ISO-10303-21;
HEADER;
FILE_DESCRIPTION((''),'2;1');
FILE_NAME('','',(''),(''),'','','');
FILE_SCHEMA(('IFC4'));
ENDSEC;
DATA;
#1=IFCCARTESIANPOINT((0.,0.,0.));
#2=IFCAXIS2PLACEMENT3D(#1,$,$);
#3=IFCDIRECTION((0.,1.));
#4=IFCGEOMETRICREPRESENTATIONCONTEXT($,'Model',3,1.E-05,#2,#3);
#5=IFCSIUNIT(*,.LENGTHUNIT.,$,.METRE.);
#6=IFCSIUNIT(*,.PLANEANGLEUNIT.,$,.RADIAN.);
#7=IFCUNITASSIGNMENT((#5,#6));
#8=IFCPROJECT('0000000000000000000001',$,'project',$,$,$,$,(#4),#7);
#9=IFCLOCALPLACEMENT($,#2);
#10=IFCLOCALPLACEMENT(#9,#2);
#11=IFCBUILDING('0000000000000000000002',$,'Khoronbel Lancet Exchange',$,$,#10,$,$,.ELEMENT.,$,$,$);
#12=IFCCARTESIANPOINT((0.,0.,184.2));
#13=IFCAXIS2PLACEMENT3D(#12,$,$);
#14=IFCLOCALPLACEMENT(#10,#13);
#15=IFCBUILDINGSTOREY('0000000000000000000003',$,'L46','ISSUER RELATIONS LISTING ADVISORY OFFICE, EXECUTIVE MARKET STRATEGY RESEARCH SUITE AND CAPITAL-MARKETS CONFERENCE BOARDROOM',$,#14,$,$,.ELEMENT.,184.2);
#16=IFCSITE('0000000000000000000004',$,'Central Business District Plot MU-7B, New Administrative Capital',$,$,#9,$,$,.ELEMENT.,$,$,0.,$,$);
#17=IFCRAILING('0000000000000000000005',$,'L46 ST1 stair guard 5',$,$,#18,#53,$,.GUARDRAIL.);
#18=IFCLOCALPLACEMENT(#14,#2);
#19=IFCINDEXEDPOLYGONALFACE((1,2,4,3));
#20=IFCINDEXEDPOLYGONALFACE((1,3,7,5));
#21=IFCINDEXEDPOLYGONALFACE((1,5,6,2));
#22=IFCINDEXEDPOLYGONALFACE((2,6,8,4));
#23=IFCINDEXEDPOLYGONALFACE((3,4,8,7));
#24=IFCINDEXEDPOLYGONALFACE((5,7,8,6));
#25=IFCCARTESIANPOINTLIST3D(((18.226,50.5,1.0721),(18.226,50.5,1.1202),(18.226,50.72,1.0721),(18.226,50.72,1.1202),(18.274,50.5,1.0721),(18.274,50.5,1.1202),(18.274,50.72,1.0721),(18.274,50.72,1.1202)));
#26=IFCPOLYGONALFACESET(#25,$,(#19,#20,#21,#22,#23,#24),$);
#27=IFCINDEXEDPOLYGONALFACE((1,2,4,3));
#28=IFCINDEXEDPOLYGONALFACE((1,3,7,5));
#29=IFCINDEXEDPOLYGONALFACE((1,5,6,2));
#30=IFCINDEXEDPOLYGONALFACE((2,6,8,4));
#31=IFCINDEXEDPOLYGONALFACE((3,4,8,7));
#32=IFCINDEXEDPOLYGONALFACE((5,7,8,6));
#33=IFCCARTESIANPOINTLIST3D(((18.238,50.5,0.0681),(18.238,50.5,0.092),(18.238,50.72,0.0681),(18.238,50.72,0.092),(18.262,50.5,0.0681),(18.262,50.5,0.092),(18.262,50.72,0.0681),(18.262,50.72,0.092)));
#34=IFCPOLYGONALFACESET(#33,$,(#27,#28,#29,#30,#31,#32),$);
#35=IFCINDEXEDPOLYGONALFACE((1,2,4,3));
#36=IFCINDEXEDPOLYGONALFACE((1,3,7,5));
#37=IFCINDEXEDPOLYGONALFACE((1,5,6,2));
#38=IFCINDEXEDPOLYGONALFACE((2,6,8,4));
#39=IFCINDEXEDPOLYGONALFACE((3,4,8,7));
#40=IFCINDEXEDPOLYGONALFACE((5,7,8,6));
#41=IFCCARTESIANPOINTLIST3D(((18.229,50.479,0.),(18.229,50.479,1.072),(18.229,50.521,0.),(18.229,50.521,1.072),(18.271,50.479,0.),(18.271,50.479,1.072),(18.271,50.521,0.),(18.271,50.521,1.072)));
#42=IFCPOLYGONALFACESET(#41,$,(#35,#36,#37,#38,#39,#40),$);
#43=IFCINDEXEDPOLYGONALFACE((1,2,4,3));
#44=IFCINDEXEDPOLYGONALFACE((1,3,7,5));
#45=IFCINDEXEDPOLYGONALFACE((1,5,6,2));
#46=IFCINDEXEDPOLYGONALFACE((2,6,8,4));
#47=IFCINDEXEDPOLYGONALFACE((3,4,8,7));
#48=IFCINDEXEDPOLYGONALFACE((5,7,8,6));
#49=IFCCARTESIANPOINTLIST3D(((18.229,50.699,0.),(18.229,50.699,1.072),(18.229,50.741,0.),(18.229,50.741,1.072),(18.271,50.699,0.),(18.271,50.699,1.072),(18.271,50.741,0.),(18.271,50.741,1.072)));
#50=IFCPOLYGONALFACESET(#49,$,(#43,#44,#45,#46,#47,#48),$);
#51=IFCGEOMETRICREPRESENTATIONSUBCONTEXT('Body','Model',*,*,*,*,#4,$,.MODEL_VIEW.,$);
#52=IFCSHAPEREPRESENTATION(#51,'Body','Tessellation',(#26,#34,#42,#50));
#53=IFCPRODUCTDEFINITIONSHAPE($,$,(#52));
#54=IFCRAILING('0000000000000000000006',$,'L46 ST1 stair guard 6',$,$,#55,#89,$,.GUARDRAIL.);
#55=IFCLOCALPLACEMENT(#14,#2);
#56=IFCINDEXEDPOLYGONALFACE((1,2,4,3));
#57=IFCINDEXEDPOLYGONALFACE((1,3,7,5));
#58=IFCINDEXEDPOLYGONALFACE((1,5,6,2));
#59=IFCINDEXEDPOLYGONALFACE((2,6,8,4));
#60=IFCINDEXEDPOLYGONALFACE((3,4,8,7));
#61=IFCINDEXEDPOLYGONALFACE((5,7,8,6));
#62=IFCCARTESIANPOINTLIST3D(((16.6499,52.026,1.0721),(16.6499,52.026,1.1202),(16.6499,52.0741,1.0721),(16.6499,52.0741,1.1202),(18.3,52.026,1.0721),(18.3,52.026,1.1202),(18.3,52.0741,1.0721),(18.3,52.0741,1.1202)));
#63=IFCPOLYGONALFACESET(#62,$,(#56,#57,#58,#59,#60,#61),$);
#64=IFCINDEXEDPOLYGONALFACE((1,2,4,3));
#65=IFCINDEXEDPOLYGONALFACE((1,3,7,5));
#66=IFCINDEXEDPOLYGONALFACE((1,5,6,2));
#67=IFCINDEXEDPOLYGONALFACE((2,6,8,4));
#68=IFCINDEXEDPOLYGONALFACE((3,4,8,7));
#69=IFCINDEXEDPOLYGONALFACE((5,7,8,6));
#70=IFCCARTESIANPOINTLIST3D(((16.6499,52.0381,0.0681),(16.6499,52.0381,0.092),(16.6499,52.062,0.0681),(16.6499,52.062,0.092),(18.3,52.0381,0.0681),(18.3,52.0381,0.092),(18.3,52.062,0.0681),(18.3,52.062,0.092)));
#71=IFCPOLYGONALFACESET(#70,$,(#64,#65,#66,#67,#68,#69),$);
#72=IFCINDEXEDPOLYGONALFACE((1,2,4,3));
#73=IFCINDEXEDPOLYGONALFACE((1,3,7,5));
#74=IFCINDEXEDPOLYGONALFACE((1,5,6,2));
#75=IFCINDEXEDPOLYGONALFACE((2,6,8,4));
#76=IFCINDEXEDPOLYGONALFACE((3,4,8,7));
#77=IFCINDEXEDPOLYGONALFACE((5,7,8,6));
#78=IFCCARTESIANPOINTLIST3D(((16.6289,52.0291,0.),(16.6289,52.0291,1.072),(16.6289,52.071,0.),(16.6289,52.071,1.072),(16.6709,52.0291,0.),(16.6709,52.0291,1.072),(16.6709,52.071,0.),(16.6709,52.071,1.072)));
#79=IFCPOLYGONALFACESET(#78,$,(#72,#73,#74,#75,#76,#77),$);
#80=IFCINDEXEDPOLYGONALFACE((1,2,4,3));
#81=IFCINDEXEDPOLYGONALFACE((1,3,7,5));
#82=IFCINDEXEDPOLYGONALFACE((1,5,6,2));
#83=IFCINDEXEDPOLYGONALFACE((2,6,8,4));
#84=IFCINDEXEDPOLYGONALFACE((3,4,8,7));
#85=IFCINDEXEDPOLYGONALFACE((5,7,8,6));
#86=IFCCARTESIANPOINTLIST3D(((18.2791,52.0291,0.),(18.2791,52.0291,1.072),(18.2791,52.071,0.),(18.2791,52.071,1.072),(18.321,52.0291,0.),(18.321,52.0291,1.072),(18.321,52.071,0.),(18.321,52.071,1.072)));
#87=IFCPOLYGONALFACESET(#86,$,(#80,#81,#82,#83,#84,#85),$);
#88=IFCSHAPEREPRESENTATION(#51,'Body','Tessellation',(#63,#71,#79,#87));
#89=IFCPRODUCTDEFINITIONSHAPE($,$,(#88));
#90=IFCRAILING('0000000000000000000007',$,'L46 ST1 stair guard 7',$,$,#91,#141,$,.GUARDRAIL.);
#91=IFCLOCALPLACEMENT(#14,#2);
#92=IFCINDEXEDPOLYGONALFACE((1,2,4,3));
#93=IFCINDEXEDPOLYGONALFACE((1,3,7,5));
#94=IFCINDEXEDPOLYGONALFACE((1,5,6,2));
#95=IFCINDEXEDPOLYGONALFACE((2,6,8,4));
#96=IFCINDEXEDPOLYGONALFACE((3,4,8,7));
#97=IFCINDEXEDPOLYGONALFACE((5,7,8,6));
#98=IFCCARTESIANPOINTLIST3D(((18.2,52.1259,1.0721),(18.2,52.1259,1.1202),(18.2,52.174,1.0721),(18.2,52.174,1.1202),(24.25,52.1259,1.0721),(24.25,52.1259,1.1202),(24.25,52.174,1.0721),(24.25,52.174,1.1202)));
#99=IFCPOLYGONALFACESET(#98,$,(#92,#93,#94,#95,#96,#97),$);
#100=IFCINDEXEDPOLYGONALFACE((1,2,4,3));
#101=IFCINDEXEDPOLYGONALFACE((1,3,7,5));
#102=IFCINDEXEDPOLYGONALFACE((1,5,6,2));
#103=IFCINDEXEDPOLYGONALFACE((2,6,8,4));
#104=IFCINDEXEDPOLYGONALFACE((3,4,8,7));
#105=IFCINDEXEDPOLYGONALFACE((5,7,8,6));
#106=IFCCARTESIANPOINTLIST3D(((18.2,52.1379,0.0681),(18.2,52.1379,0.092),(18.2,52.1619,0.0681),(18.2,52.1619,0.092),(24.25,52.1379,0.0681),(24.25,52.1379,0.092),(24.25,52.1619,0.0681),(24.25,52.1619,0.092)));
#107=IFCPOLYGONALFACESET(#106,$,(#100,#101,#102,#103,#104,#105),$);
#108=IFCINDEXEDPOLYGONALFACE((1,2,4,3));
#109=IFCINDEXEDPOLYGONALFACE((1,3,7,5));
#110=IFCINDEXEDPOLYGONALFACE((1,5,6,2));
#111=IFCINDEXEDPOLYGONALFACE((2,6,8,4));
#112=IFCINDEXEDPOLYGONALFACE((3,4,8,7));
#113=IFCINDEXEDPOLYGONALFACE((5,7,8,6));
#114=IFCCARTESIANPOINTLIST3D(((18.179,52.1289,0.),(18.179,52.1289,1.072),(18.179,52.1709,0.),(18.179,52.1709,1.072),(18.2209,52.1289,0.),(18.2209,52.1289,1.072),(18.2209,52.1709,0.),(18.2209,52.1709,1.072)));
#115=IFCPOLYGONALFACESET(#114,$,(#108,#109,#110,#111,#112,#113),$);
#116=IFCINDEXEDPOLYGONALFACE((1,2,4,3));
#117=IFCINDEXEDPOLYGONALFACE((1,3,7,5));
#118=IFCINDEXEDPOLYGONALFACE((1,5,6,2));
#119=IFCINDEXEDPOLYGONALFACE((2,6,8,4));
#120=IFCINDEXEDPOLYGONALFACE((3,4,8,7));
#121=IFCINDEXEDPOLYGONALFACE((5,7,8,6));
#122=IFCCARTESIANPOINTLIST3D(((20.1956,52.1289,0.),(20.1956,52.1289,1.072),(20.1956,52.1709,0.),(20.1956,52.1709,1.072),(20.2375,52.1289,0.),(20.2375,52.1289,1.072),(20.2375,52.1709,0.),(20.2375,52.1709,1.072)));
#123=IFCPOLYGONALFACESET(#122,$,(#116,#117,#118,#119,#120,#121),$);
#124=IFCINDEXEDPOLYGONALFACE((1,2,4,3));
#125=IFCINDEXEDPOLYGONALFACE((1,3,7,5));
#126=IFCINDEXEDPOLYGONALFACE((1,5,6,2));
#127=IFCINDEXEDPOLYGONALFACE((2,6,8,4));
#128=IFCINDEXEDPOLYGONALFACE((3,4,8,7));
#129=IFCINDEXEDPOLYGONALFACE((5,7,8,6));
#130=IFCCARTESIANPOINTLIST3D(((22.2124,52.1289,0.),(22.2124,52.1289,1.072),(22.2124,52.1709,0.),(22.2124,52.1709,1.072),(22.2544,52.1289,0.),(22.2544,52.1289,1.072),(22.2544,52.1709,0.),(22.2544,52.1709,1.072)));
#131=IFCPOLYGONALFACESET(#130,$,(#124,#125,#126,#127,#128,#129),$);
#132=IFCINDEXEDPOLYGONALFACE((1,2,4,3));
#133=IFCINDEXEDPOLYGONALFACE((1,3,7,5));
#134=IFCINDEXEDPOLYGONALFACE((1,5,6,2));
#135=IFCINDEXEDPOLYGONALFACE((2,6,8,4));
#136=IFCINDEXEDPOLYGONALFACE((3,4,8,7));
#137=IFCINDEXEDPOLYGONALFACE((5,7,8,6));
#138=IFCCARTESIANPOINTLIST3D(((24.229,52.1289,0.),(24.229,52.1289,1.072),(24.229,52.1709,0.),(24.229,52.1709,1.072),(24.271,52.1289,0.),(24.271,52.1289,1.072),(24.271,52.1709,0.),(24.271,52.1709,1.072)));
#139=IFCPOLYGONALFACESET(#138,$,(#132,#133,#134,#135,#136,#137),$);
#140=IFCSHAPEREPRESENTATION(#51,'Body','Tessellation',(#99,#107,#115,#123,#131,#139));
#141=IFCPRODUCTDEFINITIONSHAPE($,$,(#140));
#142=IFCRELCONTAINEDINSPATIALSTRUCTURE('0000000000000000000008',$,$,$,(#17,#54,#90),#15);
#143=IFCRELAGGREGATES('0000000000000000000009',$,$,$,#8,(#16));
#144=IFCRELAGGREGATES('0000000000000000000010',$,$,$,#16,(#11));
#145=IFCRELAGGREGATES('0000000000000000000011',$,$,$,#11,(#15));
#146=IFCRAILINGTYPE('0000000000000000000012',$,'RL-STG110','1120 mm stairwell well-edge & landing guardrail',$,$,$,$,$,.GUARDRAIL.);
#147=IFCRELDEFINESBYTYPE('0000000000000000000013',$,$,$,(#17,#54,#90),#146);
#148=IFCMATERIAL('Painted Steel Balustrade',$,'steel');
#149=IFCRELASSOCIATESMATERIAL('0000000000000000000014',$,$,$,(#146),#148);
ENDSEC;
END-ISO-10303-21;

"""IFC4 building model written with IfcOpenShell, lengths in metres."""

from ifc_helpers import new_model, si_unit, direction, frame, origin, origin_2d, place, context, subcontext, project, spatial, rectangle, extrude, material, type_object, element, save


model = new_model("IFC4")

# Units and contexts
model_context = context("Model", 3, precision=1e-05, world=origin(), true_north=direction((0.0, 1.0)))
body_context = subcontext(model_context, "Body", "Model", "MODEL_VIEW")
ifc_project = project(units=[si_unit("LENGTHUNIT", "METRE"), si_unit("PLANEANGLEUNIT", "RADIAN")], contexts=[model_context])

# Site, building, storey
site_placement = place(None, origin())
site = spatial("IfcSite", under=ifc_project, at=site_placement, Name="Central Business District Plot MU-7B, New Administrative Capital", CompositionType="ELEMENT", RefElevation=0.0)
building_placement = place(site_placement, origin())
building = spatial("IfcBuilding", under=site, at=building_placement, Name="Khoronbel Lancet Exchange", CompositionType="ELEMENT")
storey_placement = place(building_placement, frame((0.0, 0.0, 184.2)))
storey = spatial("IfcBuildingStorey", under=building, at=storey_placement, Name="L46", Description="ISSUER RELATIONS LISTING ADVISORY OFFICE, EXECUTIVE MARKET STRATEGY RESEARCH SUITE AND CAPITAL-MARKETS CONFERENCE BOARDROOM", CompositionType="ELEMENT", Elevation=184.2)

# Railings
ifc_material_1 = material(Name="Painted Steel Balustrade", Category="steel")
railing_type = type_object("IfcRailingType", Name="RL-STG110", Description="1120 mm stairwell well-edge & landing guardrail", PredefinedType="GUARDRAIL", material=ifc_material_1)
railing_1_placement = place(storey_placement, frame((18.25, 50.5, 0.0)))
element("IfcRailing", 1, at=railing_1_placement, inside=storey, type_object=railing_type, Name="L46 ST1 stair guard 5", PredefinedType="GUARDRAIL", context=body_context, shape_type="SweptSolid", body=[
    extrude(rectangle(XDim=0.0481, YDim=0.0481, at=origin_2d()), frame((0.0, 0.0, 1.0962), z_axis=(0.0, 1.0, 0.0), x_axis=(-1.0, 0.0, 0.0)), (0.0, 0.0, 1.0), 0.22),
    extrude(rectangle(XDim=0.0239, YDim=0.0239, at=origin_2d()), frame((0.0, 0.0, 0.0801), z_axis=(0.0, 1.0, 0.0), x_axis=(-1.0, 0.0, 0.0)), (0.0, 0.0, 1.0), 0.22),
    extrude(rectangle(XDim=0.042, YDim=0.042, at=origin_2d()), origin(), (0.0, 0.0, 1.0), 1.072),
    extrude(rectangle(XDim=0.042, YDim=0.042, at=origin_2d()), frame((0.0, 0.22, 0.0)), (0.0, 0.0, 1.0), 1.072),
])
railing_2_placement = place(storey_placement, frame((16.6499, 52.05, 0.0)))
element("IfcRailing", 2, at=railing_2_placement, inside=storey, type_object=railing_type, Name="L46 ST1 stair guard 6", PredefinedType="GUARDRAIL", context=body_context, shape_type="SweptSolid", body=[
    extrude(rectangle(XDim=0.0481, YDim=0.0481, at=origin_2d()), frame((0.0, 0.0, 1.0962), z_axis=(1.0, 0.0, 0.0), x_axis=(0.0, 1.0, 0.0)), (0.0, 0.0, 1.0), 1.6501),
    extrude(rectangle(XDim=0.0239, YDim=0.0239, at=origin_2d()), frame((0.0, 0.0, 0.0801), z_axis=(1.0, 0.0, 0.0), x_axis=(0.0, 1.0, 0.0)), (0.0, 0.0, 1.0), 1.6501),
    extrude(rectangle(XDim=0.042, YDim=0.042, at=origin_2d()), origin(), (0.0, 0.0, 1.0), 1.072),
    extrude(rectangle(XDim=0.042, YDim=0.042, at=origin_2d()), frame((1.6501, 0.0, 0.0)), (0.0, 0.0, 1.0), 1.072),
])
railing_3_placement = place(storey_placement, frame((18.2, 52.1499, 0.0)))
element("IfcRailing", 3, at=railing_3_placement, inside=storey, type_object=railing_type, Name="L46 ST1 stair guard 7", PredefinedType="GUARDRAIL", context=body_context, shape_type="SweptSolid", body=[
    extrude(rectangle(XDim=0.0481, YDim=0.0481, at=origin_2d()), frame((0.0, 0.0, 1.0962), z_axis=(1.0, 0.0, 0.0), x_axis=(0.0, 1.0, 0.0)), (0.0, 0.0, 1.0), 6.05),
    extrude(rectangle(XDim=0.0239, YDim=0.0239, at=origin_2d()), frame((0.0, 0.0, 0.0801), z_axis=(1.0, 0.0, 0.0), x_axis=(0.0, 1.0, 0.0)), (0.0, 0.0, 1.0), 6.05),
    extrude(rectangle(XDim=0.042, YDim=0.042, at=origin_2d()), origin(), (0.0, 0.0, 1.0), 1.072),
    extrude(rectangle(XDim=0.042, YDim=0.042, at=origin_2d()), frame((2.0166, 0.0, 0.0)), (0.0, 0.0, 1.0), 1.072),
    extrude(rectangle(XDim=0.042, YDim=0.042, at=origin_2d()), frame((4.0334, 0.0, 0.0)), (0.0, 0.0, 1.0), 1.072),
    extrude(rectangle(XDim=0.042, YDim=0.042, at=origin_2d()), frame((6.05, 0.0, 0.0)), (0.0, 0.0, 1.0), 1.072),
])

save(model, "model.ifc")
